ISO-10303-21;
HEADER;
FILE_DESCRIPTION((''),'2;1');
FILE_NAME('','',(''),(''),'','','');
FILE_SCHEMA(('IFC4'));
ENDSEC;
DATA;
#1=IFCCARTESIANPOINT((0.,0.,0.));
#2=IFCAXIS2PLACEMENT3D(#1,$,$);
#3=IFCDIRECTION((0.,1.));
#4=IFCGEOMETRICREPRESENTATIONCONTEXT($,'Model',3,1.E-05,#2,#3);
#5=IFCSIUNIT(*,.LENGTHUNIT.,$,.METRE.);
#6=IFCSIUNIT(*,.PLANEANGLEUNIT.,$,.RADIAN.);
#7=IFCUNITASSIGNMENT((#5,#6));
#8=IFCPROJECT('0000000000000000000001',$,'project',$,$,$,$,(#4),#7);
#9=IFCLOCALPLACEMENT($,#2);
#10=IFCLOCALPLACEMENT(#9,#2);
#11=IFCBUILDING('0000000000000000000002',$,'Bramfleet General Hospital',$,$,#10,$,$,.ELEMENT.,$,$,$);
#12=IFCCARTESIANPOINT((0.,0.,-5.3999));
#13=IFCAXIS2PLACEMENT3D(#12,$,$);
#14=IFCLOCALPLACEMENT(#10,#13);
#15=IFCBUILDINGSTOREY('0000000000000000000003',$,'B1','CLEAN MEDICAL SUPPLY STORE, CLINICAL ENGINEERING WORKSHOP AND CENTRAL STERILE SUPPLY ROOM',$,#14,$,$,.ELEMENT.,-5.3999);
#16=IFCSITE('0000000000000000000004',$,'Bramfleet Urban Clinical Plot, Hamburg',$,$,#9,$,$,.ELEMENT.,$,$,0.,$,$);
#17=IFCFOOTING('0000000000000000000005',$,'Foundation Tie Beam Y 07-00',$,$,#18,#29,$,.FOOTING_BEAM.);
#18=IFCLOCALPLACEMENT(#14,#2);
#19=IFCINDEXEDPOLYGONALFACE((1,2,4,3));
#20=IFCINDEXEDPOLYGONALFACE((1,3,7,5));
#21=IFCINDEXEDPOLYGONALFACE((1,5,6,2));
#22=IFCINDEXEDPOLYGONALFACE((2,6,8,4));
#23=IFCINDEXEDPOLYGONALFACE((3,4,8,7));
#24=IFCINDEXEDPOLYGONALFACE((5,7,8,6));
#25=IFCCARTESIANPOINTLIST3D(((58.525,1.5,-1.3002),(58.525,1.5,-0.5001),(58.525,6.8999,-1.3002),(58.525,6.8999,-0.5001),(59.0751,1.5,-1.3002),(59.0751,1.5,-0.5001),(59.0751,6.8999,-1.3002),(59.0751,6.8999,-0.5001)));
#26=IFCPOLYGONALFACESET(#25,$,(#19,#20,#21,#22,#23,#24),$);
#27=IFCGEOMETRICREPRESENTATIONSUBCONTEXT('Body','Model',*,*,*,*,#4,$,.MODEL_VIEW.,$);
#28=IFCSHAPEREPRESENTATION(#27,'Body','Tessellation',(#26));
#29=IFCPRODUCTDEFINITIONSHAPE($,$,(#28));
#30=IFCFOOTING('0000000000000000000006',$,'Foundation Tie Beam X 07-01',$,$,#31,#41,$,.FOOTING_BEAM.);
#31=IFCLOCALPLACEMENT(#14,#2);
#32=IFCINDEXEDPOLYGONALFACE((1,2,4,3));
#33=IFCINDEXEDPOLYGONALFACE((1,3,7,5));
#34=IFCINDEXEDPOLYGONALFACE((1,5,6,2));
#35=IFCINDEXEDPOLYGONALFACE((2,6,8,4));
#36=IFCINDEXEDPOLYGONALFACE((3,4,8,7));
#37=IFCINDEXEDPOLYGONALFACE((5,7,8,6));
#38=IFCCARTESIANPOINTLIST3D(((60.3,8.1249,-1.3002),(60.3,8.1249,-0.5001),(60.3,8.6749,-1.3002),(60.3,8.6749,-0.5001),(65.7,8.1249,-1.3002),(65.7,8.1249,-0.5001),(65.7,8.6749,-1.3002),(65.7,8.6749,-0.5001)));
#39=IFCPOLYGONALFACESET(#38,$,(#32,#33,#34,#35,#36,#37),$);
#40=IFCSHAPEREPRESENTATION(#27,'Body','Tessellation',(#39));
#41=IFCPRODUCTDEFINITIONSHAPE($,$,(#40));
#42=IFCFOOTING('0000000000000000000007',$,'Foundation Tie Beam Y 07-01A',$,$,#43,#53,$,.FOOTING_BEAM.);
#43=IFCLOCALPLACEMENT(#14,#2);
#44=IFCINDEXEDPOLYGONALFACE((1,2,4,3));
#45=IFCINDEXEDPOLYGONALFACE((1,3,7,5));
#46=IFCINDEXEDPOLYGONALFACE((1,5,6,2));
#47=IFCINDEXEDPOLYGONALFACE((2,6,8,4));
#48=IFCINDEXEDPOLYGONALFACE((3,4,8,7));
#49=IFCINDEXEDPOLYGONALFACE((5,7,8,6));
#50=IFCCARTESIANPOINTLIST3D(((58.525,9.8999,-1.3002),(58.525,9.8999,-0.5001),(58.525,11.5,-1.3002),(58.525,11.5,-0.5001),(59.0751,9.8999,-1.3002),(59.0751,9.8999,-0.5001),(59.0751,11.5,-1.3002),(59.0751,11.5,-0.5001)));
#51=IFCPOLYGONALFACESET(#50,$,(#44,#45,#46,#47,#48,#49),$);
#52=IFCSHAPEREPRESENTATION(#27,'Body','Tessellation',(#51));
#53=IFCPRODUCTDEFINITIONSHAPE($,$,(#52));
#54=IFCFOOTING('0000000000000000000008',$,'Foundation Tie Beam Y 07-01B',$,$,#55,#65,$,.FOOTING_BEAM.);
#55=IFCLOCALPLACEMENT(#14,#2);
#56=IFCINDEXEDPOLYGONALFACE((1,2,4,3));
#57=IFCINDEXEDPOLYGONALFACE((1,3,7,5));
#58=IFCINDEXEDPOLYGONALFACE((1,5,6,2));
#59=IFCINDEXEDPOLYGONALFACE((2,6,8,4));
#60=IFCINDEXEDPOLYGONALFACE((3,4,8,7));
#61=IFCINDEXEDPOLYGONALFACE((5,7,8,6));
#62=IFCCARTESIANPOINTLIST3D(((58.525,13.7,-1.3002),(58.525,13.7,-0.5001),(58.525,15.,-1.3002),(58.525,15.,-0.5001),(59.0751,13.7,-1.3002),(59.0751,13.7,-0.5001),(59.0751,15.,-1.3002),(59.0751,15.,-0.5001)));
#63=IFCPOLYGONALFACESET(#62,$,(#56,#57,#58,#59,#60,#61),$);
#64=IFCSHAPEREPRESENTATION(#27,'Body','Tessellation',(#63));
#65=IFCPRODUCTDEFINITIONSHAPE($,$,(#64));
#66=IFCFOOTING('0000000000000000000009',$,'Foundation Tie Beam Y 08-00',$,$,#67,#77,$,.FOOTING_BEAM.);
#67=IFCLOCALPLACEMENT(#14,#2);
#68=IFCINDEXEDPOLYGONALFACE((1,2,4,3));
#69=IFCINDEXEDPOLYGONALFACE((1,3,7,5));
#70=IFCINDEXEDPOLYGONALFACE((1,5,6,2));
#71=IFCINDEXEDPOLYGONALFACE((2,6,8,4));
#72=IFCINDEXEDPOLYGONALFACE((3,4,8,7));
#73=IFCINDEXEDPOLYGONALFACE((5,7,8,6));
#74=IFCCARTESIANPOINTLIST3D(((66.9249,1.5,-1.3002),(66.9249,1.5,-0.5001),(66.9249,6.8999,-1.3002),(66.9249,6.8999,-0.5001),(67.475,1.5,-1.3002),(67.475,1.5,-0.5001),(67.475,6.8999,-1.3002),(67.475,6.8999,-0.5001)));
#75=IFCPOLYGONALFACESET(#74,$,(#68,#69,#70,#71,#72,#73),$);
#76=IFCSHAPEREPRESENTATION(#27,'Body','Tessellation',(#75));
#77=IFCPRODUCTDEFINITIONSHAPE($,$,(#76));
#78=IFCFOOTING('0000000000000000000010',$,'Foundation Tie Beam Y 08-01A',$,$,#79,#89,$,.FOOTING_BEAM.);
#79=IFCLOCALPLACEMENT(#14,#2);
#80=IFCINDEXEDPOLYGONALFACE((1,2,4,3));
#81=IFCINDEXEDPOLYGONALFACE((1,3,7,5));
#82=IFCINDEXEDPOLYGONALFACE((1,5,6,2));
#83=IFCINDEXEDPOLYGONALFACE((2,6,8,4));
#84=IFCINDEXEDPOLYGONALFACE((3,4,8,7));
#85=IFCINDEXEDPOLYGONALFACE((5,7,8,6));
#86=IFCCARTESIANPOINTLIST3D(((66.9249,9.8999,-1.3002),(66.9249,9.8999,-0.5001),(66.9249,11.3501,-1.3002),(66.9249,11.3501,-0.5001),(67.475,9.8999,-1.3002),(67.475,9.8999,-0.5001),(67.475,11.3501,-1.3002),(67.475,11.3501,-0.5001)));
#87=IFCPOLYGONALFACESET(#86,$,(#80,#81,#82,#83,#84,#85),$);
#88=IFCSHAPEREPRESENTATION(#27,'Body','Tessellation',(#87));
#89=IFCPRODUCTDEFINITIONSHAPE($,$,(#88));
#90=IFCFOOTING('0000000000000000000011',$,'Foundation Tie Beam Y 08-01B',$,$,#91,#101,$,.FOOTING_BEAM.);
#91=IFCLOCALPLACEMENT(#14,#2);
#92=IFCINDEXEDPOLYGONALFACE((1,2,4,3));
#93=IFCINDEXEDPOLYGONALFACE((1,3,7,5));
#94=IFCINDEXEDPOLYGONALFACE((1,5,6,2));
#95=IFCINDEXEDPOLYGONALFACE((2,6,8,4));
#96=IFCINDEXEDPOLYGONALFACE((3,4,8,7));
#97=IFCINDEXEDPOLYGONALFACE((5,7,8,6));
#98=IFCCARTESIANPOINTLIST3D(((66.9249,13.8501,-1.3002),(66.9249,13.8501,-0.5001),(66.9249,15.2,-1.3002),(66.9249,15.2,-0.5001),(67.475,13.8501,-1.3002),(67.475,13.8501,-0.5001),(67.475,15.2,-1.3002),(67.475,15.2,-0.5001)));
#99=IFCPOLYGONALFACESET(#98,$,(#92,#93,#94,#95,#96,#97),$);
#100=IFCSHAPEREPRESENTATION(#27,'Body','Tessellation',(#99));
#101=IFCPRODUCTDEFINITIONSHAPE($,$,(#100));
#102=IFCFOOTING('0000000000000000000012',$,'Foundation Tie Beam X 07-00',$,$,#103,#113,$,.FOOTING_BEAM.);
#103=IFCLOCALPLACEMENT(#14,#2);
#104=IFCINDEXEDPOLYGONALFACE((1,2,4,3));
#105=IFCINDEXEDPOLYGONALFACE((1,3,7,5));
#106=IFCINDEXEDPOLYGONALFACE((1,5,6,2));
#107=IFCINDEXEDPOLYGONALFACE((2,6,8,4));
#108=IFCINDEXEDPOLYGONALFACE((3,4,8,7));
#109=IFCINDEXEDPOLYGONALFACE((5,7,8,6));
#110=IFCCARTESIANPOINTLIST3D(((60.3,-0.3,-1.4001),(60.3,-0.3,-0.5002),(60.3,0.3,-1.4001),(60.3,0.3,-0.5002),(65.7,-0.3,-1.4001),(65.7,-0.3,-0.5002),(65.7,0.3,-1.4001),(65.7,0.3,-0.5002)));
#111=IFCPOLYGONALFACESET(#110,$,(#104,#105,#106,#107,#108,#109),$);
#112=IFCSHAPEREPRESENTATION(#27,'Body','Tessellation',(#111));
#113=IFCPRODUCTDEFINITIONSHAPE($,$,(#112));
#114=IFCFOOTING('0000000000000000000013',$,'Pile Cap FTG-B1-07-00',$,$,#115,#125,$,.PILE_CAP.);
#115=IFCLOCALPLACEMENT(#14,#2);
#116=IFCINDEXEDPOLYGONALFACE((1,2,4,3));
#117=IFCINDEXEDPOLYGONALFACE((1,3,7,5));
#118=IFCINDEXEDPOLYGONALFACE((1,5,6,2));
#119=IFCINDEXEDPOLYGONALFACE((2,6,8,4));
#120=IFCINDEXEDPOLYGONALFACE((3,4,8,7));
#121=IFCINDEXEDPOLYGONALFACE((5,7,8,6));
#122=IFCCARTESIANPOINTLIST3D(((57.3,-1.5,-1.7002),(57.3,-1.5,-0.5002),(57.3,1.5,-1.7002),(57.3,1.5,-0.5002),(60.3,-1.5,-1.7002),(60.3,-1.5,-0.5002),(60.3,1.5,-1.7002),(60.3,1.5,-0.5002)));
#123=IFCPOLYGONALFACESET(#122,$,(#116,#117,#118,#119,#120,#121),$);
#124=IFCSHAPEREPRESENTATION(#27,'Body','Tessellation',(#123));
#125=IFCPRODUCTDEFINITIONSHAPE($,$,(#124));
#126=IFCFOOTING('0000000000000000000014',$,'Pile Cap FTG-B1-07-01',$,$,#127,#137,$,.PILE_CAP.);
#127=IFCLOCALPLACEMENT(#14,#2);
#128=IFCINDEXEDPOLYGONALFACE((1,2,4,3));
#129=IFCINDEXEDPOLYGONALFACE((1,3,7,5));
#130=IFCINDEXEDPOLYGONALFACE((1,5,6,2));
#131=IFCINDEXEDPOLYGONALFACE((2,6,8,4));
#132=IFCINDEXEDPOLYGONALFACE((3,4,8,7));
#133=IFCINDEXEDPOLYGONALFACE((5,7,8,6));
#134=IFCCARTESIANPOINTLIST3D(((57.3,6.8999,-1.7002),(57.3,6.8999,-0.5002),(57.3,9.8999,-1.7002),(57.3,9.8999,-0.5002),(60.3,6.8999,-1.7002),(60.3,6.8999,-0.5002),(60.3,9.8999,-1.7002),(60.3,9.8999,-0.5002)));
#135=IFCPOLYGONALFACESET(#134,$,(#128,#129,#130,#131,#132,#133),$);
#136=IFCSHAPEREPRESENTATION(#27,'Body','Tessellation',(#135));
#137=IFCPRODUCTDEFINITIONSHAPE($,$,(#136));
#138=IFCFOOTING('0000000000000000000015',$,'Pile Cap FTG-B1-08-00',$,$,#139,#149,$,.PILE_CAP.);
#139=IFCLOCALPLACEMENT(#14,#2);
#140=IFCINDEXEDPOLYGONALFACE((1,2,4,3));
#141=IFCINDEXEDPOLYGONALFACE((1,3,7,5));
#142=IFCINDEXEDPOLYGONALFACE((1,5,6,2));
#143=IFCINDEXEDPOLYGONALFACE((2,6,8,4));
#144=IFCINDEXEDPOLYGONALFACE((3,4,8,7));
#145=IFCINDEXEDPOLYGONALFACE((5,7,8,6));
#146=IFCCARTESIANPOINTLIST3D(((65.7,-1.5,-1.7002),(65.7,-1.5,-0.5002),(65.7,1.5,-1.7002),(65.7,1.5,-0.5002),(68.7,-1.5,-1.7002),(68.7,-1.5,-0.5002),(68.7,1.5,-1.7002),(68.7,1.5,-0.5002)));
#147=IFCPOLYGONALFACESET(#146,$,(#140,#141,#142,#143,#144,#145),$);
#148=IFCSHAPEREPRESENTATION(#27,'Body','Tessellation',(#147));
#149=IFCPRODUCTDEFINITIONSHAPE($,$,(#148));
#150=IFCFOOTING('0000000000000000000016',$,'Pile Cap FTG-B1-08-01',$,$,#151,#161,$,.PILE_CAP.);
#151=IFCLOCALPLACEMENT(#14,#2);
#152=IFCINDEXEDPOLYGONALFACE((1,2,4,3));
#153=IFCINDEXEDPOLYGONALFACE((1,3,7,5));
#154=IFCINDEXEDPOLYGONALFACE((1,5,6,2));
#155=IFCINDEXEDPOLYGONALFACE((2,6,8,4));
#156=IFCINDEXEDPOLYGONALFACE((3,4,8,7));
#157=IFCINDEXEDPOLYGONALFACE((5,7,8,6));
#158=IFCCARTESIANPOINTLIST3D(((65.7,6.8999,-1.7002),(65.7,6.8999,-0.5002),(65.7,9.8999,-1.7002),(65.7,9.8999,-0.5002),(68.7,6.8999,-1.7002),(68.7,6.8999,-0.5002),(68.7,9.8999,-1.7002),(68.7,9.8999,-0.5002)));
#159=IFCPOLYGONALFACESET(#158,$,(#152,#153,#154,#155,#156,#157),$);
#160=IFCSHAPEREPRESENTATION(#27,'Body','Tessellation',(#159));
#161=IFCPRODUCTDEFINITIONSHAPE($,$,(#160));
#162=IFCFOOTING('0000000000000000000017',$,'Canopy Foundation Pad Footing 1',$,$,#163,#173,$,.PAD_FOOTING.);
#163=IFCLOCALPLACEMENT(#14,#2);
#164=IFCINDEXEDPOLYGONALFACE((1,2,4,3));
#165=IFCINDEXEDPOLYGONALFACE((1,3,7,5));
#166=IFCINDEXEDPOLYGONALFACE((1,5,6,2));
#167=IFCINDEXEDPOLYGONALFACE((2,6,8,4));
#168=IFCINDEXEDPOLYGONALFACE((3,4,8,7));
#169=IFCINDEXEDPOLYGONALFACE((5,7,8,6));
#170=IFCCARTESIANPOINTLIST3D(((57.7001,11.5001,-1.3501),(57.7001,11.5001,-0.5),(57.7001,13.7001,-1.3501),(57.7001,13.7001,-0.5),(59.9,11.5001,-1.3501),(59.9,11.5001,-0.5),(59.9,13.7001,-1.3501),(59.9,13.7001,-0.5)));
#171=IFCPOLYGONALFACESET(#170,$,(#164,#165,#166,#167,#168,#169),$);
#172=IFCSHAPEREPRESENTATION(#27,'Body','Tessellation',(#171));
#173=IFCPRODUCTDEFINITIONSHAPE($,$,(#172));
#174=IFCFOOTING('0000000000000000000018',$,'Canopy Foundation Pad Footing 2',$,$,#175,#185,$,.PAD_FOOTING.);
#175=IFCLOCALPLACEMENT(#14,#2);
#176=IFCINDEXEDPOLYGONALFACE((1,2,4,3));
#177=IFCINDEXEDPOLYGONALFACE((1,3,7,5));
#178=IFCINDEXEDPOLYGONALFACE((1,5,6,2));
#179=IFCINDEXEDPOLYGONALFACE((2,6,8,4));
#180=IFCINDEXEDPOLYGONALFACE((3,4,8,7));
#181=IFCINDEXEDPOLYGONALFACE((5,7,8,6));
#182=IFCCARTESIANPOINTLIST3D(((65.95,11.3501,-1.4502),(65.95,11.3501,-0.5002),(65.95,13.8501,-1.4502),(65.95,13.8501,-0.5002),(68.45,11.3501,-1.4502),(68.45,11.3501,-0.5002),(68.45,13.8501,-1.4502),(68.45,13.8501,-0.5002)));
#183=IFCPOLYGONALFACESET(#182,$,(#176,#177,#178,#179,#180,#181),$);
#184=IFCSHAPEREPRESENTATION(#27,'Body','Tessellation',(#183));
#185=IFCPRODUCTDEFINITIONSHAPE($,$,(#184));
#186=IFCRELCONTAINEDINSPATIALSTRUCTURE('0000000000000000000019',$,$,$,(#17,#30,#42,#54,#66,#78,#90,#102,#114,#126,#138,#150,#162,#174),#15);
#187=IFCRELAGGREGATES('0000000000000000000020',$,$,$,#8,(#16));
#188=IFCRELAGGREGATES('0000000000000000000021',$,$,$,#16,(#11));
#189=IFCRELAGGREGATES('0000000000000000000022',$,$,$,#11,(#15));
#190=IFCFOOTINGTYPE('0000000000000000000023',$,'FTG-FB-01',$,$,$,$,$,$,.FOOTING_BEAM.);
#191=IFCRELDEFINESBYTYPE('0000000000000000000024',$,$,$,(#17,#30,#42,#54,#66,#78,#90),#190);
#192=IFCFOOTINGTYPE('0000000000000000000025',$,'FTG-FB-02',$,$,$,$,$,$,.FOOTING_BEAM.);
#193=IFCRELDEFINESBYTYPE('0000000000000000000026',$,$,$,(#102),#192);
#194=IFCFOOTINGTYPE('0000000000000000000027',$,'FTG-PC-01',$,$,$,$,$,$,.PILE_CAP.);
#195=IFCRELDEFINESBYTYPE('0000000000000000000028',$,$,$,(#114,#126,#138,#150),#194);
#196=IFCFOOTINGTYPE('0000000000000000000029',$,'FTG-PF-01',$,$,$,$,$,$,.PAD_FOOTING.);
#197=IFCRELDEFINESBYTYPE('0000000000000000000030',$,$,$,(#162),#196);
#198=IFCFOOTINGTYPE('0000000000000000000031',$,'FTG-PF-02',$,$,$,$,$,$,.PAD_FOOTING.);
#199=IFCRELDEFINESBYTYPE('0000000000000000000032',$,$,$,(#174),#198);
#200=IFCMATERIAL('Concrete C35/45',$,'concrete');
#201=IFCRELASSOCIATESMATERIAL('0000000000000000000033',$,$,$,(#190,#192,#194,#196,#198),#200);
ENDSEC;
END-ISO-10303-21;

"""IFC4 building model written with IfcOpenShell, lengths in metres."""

from ifc_helpers import new_model, si_unit, direction, frame, origin, origin_2d, place, context, subcontext, project, spatial, rectangle, extrude, material, material_profile, profile_set, type_object, element, save


model = new_model("IFC4")

# Units and contexts
model_context = context("Model", 3, precision=1e-05, world=origin(), true_north=direction((0.0, 1.0)))
body_context = subcontext(model_context, "Body", "Model", "MODEL_VIEW")
ifc_project = project(units=[si_unit("LENGTHUNIT", "METRE"), si_unit("PLANEANGLEUNIT", "RADIAN")], contexts=[model_context])

# Site, building, storey
site_placement = place(None, origin())
site = spatial("IfcSite", under=ifc_project, at=site_placement, Name="Bramfleet Urban Clinical Plot, Hamburg", CompositionType="ELEMENT", RefElevation=0.0)
building_placement = place(site_placement, origin())
building = spatial("IfcBuilding", under=site, at=building_placement, Name="Bramfleet General Hospital", CompositionType="ELEMENT")
storey_placement = place(building_placement, frame((0.0, 0.0, -5.3999)))
storey = spatial("IfcBuildingStorey", under=building, at=storey_placement, Name="B1", Description="CLEAN MEDICAL SUPPLY STORE, CLINICAL ENGINEERING WORKSHOP AND CENTRAL STERILE SUPPLY ROOM", CompositionType="ELEMENT", Elevation=-5.3999)

# Footings
ifc_material_1 = material(Name="Concrete C35/45", Category="concrete")
ifc_material_profile_1 = material_profile(ifc_material_1, rectangle(XDim=0.55, YDim=0.8, at=origin_2d()), Name="RC FB 800x550")
ifc_profile_set_1 = profile_set([ifc_material_profile_1], Name="Concrete C35/45")
footing_type_1 = type_object("IfcFootingType", Name="FTG-FB-01", PredefinedType="FOOTING_BEAM", material=ifc_profile_set_1)
for number, where, z_axis, x_axis, name in (
    (1, (58.8, 1.5, -0.9001), (0.0, 1.0, 0.0), (-1.0, 0.0, 0.0), "Foundation Tie Beam Y 07-00"),
    (2, (60.3, 8.3999, -0.9001), (1.0, 0.0, 0.0), (0.0, 1.0, 0.0), "Foundation Tie Beam X 07-01"),
):
    element("IfcFooting", number, at=place(storey_placement, frame(where, z_axis=z_axis, x_axis=x_axis)), inside=storey, type_object=footing_type_1, Name=name, PredefinedType="FOOTING_BEAM", context=body_context, shape_type="SweptSolid", body=[
        extrude(rectangle(XDim=0.55, YDim=0.8, at=origin_2d()), origin(), (0.0, 0.0, 1.0), 5.3999),
    ])
footing_1_placement = place(storey_placement, frame((58.8, 9.8999, -0.9001), z_axis=(0.0, 1.0, 0.0), x_axis=(-1.0, 0.0, 0.0)))
element("IfcFooting", 3, at=footing_1_placement, inside=storey, type_object=footing_type_1, Name="Foundation Tie Beam Y 07-01A", PredefinedType="FOOTING_BEAM", context=body_context, shape_type="SweptSolid", body=[
    extrude(rectangle(XDim=0.55, YDim=0.8, at=origin_2d()), origin(), (0.0, 0.0, 1.0), 1.6001),
])
footing_2_placement = place(storey_placement, frame((58.8, 13.7, -0.9001), z_axis=(0.0, 1.0, 0.0), x_axis=(-1.0, 0.0, 0.0)))
element("IfcFooting", 4, at=footing_2_placement, inside=storey, type_object=footing_type_1, Name="Foundation Tie Beam Y 07-01B", PredefinedType="FOOTING_BEAM", context=body_context, shape_type="SweptSolid", body=[
    extrude(rectangle(XDim=0.55, YDim=0.8, at=origin_2d()), origin(), (0.0, 0.0, 1.0), 1.3),
])
footing_3_placement = place(storey_placement, frame((67.2, 1.5, -0.9001), z_axis=(0.0, 1.0, 0.0), x_axis=(-1.0, 0.0, 0.0)))
element("IfcFooting", 5, at=footing_3_placement, inside=storey, type_object=footing_type_1, Name="Foundation Tie Beam Y 08-00", PredefinedType="FOOTING_BEAM", context=body_context, shape_type="SweptSolid", body=[
    extrude(rectangle(XDim=0.55, YDim=0.8, at=origin_2d()), origin(), (0.0, 0.0, 1.0), 5.3999),
])
footing_4_placement = place(storey_placement, frame((67.2, 9.8999, -0.9001), z_axis=(0.0, 1.0, 0.0), x_axis=(-1.0, 0.0, 0.0)))
element("IfcFooting", 6, at=footing_4_placement, inside=storey, type_object=footing_type_1, Name="Foundation Tie Beam Y 08-01A", PredefinedType="FOOTING_BEAM", context=body_context, shape_type="SweptSolid", body=[
    extrude(rectangle(XDim=0.55, YDim=0.8, at=origin_2d()), origin(), (0.0, 0.0, 1.0), 1.4502),
])
footing_5_placement = place(storey_placement, frame((67.2, 13.8501, -0.9001), z_axis=(0.0, 1.0, 0.0), x_axis=(-1.0, 0.0, 0.0)))
element("IfcFooting", 7, at=footing_5_placement, inside=storey, type_object=footing_type_1, Name="Foundation Tie Beam Y 08-01B", PredefinedType="FOOTING_BEAM", context=body_context, shape_type="SweptSolid", body=[
    extrude(rectangle(XDim=0.55, YDim=0.8, at=origin_2d()), origin(), (0.0, 0.0, 1.0), 1.3499),
])
ifc_material_profile_2 = material_profile(ifc_material_1, rectangle(XDim=0.6001, YDim=0.8999, at=origin_2d()), Name="RC FB 900x600")
ifc_profile_set_2 = profile_set([ifc_material_profile_2], Name="Concrete C35/45")
footing_type_2 = type_object("IfcFootingType", Name="FTG-FB-02", PredefinedType="FOOTING_BEAM", material=ifc_profile_set_2)
footing_6_placement = place(storey_placement, frame((60.3, 0.0, -0.9502), z_axis=(1.0, 0.0, 0.0), x_axis=(0.0, 1.0, 0.0)))
element("IfcFooting", 8, at=footing_6_placement, inside=storey, type_object=footing_type_2, Name="Foundation Tie Beam X 07-00", PredefinedType="FOOTING_BEAM", context=body_context, shape_type="SweptSolid", body=[
    extrude(rectangle(XDim=0.6001, YDim=0.8999, at=origin_2d()), origin(), (0.0, 0.0, 1.0), 5.3999),
])
footing_type_3 = type_object("IfcFootingType", Name="FTG-PC-01", PredefinedType="PILE_CAP", material=ifc_material_1)
for number, where, z_axis, x_axis, name in (
    (9, (58.8, 0.0, -1.7002), (0.0, 0.0, 1.0), (1.0, 0.0, 0.0), "Pile Cap FTG-B1-07-00"),
    (10, (58.8, 8.3999, -1.7002), (0.0, 0.0, 1.0), (1.0, 0.0, 0.0), "Pile Cap FTG-B1-07-01"),
    (11, (67.2, 0.0, -1.7002), (0.0, 0.0, 1.0), (1.0, 0.0, 0.0), "Pile Cap FTG-B1-08-00"),
    (12, (67.2, 8.3999, -1.7002), (0.0, 0.0, 1.0), (1.0, 0.0, 0.0), "Pile Cap FTG-B1-08-01"),
):
    element("IfcFooting", number, at=place(storey_placement, frame(where, z_axis=z_axis, x_axis=x_axis)), inside=storey, type_object=footing_type_3, Name=name, PredefinedType="PILE_CAP", context=body_context, shape_type="SweptSolid", body=[
        extrude(rectangle(XDim=3.0, YDim=3.0, at=origin_2d()), origin(), (0.0, 0.0, 1.0), 1.2),
    ])
footing_type_4 = type_object("IfcFootingType", Name="FTG-PF-01", PredefinedType="PAD_FOOTING", material=ifc_material_1)
footing_7_placement = place(storey_placement, frame((58.8, 12.6001, -1.3501), z_axis=(0.0, 0.0, 1.0), x_axis=(1.0, 0.0, 0.0)))
element("IfcFooting", 13, at=footing_7_placement, inside=storey, type_object=footing_type_4, Name="Canopy Foundation Pad Footing 1", PredefinedType="PAD_FOOTING", context=body_context, shape_type="SweptSolid", body=[
    extrude(rectangle(XDim=2.2, YDim=2.2, at=origin_2d()), origin(), (0.0, 0.0, 1.0), 0.8501),
])
footing_type_5 = type_object("IfcFootingType", Name="FTG-PF-02", PredefinedType="PAD_FOOTING", material=ifc_material_1)
footing_8_placement = place(storey_placement, frame((67.2, 12.6001, -1.4502), z_axis=(0.0, 0.0, 1.0), x_axis=(1.0, 0.0, 0.0)))
element("IfcFooting", 14, at=footing_8_placement, inside=storey, type_object=footing_type_5, Name="Canopy Foundation Pad Footing 2", PredefinedType="PAD_FOOTING", context=body_context, shape_type="SweptSolid", body=[
    extrude(rectangle(XDim=2.5, YDim=2.5, at=origin_2d()), origin(), (0.0, 0.0, 1.0), 0.95),
])

save(model, "model.ifc")
